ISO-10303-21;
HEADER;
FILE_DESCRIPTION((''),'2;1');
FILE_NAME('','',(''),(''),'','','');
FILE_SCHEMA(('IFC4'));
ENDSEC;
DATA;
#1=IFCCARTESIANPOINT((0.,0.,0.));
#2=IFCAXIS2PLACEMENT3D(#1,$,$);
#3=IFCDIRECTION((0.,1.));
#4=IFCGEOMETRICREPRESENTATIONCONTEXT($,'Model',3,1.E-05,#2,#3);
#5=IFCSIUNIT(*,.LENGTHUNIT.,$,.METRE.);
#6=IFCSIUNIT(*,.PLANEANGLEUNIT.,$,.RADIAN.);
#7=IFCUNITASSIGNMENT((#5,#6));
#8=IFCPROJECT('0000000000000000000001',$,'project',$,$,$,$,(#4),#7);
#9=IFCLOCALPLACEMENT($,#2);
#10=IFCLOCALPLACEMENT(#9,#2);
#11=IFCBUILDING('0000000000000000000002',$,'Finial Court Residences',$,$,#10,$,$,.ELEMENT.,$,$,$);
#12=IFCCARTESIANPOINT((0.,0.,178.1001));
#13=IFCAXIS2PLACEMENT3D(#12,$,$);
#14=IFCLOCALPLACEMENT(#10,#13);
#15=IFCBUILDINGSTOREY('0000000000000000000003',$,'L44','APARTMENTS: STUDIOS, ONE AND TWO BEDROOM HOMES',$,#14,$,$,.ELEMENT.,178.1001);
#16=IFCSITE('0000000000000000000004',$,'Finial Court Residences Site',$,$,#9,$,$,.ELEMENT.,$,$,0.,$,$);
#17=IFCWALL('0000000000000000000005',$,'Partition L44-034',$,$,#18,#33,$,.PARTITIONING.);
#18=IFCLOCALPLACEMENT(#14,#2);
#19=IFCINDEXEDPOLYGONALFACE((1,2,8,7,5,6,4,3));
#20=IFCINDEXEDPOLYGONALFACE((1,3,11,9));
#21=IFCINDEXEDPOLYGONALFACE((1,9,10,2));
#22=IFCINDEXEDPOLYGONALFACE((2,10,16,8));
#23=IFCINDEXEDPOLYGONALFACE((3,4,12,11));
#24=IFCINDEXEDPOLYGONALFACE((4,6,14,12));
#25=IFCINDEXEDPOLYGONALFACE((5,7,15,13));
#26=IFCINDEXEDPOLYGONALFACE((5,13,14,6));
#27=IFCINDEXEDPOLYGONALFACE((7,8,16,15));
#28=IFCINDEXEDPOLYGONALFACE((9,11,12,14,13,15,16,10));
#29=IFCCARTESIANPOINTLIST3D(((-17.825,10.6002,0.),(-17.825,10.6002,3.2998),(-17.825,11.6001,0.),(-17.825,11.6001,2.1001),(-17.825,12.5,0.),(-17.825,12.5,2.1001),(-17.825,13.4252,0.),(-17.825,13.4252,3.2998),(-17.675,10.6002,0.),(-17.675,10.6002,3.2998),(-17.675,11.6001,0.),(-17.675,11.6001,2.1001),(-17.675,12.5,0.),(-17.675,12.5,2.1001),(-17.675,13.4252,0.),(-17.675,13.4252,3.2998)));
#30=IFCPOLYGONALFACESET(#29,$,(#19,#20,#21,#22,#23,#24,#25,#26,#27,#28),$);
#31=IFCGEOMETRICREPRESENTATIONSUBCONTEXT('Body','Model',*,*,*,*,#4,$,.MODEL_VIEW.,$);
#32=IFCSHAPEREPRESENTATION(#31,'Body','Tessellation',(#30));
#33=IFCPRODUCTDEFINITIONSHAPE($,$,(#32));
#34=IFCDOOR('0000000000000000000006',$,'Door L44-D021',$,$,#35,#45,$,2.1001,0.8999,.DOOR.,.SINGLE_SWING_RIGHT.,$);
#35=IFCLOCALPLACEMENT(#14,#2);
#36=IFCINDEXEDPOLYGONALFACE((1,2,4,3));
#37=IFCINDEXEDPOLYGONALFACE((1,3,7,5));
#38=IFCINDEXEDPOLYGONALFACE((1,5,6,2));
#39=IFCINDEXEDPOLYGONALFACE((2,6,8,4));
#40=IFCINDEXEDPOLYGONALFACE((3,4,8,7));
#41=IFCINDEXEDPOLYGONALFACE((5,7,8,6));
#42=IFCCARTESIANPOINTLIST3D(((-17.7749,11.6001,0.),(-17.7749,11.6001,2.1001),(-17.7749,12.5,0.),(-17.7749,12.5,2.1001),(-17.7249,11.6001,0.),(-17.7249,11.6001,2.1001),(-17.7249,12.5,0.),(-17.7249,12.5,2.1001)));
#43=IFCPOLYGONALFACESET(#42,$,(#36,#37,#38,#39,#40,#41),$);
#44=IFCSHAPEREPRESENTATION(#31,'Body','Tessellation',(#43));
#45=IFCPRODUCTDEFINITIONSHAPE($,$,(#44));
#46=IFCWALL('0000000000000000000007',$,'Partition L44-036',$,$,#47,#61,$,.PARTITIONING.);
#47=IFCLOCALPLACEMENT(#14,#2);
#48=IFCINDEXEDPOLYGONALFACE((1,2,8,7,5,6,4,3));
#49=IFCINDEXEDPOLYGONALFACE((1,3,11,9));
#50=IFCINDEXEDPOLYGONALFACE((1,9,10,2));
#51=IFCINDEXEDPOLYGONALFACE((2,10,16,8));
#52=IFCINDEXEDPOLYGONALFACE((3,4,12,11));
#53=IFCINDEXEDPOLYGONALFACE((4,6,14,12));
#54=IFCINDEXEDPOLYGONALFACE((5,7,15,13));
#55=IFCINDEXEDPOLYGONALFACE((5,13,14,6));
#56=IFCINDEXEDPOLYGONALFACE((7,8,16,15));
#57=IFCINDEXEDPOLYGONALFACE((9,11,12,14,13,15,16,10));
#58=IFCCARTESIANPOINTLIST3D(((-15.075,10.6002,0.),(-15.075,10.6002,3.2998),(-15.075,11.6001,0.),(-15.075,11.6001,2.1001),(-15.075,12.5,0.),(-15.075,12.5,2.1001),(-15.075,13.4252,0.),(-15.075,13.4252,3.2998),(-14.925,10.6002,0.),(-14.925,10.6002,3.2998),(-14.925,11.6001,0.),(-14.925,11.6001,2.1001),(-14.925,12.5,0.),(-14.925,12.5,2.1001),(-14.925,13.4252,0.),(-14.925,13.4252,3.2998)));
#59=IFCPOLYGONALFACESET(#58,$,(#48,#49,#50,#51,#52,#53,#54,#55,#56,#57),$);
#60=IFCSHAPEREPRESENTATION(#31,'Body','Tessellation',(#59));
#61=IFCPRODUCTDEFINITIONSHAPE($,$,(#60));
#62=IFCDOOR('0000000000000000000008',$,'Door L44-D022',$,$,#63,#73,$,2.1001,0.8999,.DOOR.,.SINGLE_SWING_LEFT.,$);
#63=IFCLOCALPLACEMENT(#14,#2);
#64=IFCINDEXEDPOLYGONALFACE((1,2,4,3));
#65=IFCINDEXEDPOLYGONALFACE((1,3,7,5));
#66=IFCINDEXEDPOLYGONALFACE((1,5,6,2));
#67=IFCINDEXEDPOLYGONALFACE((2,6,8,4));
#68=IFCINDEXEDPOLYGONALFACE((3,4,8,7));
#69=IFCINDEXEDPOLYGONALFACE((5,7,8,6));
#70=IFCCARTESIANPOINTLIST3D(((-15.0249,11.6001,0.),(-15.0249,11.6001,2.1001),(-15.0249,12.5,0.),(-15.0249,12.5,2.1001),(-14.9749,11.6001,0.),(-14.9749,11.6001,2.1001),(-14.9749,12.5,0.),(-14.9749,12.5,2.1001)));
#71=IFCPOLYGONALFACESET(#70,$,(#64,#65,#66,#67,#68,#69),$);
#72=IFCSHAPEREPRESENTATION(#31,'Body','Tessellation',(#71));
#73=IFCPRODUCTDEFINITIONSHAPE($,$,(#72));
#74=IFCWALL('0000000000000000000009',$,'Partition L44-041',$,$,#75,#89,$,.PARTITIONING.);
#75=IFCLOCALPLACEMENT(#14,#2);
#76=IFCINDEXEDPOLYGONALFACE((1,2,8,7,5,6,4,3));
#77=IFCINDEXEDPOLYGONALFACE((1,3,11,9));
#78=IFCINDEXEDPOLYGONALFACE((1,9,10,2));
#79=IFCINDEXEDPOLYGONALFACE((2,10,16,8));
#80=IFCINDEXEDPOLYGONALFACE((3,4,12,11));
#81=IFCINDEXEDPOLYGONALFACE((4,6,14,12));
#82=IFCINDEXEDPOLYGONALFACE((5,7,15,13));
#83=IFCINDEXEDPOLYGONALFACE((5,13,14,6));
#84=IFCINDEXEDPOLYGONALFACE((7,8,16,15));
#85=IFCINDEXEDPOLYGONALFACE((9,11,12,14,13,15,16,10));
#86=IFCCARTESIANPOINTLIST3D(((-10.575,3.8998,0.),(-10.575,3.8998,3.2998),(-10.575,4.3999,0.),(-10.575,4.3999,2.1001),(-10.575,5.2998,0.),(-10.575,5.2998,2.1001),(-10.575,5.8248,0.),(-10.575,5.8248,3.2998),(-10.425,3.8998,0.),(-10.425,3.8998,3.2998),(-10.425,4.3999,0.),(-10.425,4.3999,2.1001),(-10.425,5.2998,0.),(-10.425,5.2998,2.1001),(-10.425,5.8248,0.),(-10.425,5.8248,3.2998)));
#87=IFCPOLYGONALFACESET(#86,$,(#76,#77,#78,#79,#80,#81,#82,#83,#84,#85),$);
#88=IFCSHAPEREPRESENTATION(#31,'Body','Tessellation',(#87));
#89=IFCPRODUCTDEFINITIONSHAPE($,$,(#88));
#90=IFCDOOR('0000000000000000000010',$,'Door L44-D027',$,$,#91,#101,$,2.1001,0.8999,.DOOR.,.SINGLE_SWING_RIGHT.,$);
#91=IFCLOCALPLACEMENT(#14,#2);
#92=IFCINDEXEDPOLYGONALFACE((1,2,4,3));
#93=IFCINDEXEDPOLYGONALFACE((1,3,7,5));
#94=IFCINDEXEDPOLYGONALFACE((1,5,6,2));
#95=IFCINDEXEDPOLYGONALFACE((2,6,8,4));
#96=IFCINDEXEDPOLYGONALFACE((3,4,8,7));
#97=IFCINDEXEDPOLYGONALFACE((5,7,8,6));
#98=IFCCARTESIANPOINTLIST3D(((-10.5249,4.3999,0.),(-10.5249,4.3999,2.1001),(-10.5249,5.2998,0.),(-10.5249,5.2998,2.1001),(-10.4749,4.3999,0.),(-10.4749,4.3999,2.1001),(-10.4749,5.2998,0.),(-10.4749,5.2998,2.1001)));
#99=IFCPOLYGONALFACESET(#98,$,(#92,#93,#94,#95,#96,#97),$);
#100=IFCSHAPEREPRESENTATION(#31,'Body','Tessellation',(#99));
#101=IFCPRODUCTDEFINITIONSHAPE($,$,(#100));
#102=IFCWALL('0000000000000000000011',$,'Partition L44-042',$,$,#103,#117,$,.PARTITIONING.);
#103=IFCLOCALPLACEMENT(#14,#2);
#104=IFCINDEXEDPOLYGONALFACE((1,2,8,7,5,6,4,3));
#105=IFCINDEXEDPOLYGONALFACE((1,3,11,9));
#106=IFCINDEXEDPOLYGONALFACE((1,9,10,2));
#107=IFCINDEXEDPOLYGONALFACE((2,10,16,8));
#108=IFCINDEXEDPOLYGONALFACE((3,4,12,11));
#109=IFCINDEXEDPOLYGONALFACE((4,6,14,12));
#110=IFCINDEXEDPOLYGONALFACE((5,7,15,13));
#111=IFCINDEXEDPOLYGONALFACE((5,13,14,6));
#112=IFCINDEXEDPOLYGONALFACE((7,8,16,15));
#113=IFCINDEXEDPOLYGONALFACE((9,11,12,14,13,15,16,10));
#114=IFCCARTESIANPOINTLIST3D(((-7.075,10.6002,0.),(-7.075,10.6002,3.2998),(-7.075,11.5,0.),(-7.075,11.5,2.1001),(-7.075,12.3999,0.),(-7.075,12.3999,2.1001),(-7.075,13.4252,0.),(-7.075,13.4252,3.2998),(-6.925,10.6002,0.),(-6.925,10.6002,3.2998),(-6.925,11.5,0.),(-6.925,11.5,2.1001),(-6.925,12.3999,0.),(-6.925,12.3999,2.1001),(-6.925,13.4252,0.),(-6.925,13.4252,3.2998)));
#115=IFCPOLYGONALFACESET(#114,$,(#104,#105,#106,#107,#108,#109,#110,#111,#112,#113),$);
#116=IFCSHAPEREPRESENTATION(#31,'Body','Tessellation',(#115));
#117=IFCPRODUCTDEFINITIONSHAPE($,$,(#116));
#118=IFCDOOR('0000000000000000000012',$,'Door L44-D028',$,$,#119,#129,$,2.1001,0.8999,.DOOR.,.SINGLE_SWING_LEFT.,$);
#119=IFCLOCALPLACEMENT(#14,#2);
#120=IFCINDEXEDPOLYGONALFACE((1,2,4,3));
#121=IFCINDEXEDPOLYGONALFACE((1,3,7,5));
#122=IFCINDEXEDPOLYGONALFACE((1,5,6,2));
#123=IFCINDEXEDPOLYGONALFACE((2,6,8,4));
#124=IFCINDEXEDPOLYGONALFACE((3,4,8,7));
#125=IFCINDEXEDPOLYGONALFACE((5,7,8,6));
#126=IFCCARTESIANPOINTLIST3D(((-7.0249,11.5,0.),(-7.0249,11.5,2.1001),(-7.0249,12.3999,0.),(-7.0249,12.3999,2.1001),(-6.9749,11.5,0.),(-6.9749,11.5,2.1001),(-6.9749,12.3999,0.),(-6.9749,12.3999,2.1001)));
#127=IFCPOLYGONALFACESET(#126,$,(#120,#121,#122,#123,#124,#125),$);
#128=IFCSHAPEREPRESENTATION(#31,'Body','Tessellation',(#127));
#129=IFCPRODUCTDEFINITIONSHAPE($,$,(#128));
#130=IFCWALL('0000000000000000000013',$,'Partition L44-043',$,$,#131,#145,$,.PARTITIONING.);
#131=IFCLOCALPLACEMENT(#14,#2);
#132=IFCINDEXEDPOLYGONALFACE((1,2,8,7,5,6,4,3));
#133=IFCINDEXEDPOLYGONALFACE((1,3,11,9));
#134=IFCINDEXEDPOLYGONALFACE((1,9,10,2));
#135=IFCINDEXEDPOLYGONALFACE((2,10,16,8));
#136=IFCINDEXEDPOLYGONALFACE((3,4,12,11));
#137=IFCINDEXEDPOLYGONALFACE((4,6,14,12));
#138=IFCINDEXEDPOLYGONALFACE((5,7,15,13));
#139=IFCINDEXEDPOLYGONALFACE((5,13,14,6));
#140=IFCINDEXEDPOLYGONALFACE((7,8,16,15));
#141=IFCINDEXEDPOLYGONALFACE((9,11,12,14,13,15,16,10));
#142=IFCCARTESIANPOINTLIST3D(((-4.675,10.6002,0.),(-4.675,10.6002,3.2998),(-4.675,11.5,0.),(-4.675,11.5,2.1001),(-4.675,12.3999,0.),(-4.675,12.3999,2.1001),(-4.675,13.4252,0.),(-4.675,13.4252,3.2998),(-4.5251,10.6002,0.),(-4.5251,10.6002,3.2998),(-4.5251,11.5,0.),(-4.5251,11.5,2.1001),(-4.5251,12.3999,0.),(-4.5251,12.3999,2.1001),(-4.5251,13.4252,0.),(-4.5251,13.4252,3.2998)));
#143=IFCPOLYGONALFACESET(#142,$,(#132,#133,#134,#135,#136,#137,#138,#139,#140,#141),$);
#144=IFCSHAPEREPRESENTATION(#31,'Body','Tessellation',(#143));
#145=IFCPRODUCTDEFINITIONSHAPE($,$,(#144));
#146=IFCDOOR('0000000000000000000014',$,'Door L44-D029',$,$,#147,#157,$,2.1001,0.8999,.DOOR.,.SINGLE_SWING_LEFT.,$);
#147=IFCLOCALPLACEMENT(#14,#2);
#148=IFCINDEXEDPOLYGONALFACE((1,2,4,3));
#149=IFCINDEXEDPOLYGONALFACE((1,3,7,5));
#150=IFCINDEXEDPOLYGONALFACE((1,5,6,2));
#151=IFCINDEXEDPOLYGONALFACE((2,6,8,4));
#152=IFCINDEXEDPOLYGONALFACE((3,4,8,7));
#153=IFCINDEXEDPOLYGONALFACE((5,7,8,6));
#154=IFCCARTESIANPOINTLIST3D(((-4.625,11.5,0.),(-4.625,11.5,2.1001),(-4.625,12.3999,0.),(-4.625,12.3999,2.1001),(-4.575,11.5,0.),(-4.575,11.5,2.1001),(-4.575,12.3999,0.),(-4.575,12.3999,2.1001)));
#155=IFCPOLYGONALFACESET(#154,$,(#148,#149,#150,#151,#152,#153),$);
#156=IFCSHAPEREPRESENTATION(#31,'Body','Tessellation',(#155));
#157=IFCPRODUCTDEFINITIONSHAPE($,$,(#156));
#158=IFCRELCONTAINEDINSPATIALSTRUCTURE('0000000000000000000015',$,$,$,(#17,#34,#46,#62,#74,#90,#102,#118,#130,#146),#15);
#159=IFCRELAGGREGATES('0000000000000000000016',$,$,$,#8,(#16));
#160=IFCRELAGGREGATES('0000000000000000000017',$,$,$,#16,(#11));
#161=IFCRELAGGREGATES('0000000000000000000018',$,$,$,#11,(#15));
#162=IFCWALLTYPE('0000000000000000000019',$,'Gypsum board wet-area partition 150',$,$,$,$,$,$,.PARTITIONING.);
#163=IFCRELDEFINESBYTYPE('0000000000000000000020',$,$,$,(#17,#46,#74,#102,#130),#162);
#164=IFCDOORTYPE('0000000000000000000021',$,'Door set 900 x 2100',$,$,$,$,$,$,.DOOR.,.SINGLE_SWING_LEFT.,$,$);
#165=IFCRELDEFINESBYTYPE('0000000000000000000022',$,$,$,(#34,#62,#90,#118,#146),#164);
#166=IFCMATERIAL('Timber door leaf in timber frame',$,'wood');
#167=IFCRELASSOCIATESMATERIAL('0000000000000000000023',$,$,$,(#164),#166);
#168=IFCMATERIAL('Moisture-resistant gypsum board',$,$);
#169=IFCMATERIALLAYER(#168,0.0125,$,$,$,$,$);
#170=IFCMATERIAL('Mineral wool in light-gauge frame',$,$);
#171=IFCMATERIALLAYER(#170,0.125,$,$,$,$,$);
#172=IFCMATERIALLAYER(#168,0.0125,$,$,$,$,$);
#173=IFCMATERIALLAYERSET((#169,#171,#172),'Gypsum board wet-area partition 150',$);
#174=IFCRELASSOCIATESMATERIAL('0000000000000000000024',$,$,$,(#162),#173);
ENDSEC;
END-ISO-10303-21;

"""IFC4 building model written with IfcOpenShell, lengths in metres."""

from ifc_helpers import new_model, si_unit, direction, frame, frame_2d, origin, place, context, subcontext, project, spatial, rectangle, extrude, material, layer, layer_set, type_object, element, fill, save


model = new_model("IFC4")

# Units and contexts
model_context = context("Model", 3, precision=1e-05, world=origin(), true_north=direction((0.0, 1.0)))
body_context = subcontext(model_context, "Body", "Model", "MODEL_VIEW")
ifc_project = project(units=[si_unit("LENGTHUNIT", "METRE"), si_unit("PLANEANGLEUNIT", "RADIAN")], contexts=[model_context])

# Site, building, storey
site_placement = place(None, origin())
site = spatial("IfcSite", under=ifc_project, at=site_placement, Name="Finial Court Residences Site", CompositionType="ELEMENT", RefElevation=0.0)
building_placement = place(site_placement, origin())
building = spatial("IfcBuilding", under=site, at=building_placement, Name="Finial Court Residences", CompositionType="ELEMENT")
storey_placement = place(building_placement, frame((0.0, 0.0, 178.1001)))
storey = spatial("IfcBuildingStorey", under=building, at=storey_placement, Name="L44", Description="APARTMENTS: STUDIOS, ONE AND TWO BEDROOM HOMES", CompositionType="ELEMENT", Elevation=178.1001)

# Shared definitions
ifc_material_1 = material(Name="Mineral wool in light-gauge frame")
ifc_material_2 = material(Name="Timber door leaf in timber frame", Category="wood")
door_type = type_object("IfcDoorType", Name="Door set 900 x 2100", OperationType="SINGLE_SWING_LEFT", PredefinedType="DOOR", material=ifc_material_2)

# Shared definitions
ifc_material_3 = material(Name="Moisture-resistant gypsum board")
ifc_layer_1 = layer(ifc_material_3, 0.0125)
ifc_layer_2 = layer(ifc_material_1, 0.125)
ifc_layer_3 = layer(ifc_material_3, 0.0125)
ifc_layer_set_1 = layer_set([ifc_layer_1, ifc_layer_2, ifc_layer_3], Name="Gypsum board wet-area partition 150")
wall_type_1 = type_object("IfcWallType", Name="Gypsum board wet-area partition 150", PredefinedType="PARTITIONING", material=ifc_layer_set_1)

# Walls, openings, doors
wall_1_placement = place(storey_placement, frame((-17.75, 10.6001, 0.0), z_axis=(0.0, 0.0, 1.0), x_axis=(0.0, 1.0, 0.0)))
wall_1 = element("IfcWall", 1, at=wall_1_placement, inside=storey, type_object=wall_type_1, Name="Partition L44-034", PredefinedType="PARTITIONING", context=body_context, shape_type="SweptSolid", body=[
    extrude(rectangle(XDim=2.825, YDim=0.1499, at=frame_2d((1.4126, 0.0))), origin(), (0.0, 0.0, 1.0), 3.2998),
])
opening_1_placement = place(wall_1_placement, frame((1.0, 0.0, 0.0)))
opening_1 = element("IfcOpeningElement", 2, at=opening_1_placement, cuts=wall_1, PredefinedType="OPENING", context=body_context, shape_type="SweptSolid", body=[
    extrude(rectangle(XDim=0.8999, YDim=2.1001, at=frame_2d((0.45, 1.05))), frame((0.0, 0.085, 0.0), z_axis=(0.0, -1.0, 0.0), x_axis=(1.0, 0.0, 0.0)), (0.0, 0.0, 1.0), 0.1699),
])
door_1_placement = place(opening_1_placement, origin())
door_1 = element("IfcDoor", 3, at=door_1_placement, inside=storey, type_object=door_type, Name="Door L44-D021", OperationType="SINGLE_SWING_RIGHT", OverallHeight=2.1001, OverallWidth=0.8999, PredefinedType="DOOR", context=body_context, shape_type="SweptSolid", body=[
    extrude(rectangle(XDim=0.8999, YDim=2.1001, at=frame_2d((0.45, 1.05))), frame((0.0, 0.0249, 0.0), z_axis=(0.0, -1.0, 0.0), x_axis=(1.0, 0.0, 0.0)), (0.0, 0.0, 1.0), 0.05),
])
fill(opening_1, door_1)
wall_2_placement = place(storey_placement, frame((-15.0, 10.6001, 0.0), z_axis=(0.0, 0.0, 1.0), x_axis=(0.0, 1.0, 0.0)))
wall_2 = element("IfcWall", 4, at=wall_2_placement, inside=storey, type_object=wall_type_1, Name="Partition L44-036", PredefinedType="PARTITIONING", context=body_context, shape_type="SweptSolid", body=[
    extrude(rectangle(XDim=2.825, YDim=0.1499, at=frame_2d((1.4126, 0.0))), origin(), (0.0, 0.0, 1.0), 3.2998),
])
opening_2_placement = place(wall_2_placement, frame((1.0, 0.0, 0.0)))
opening_2 = element("IfcOpeningElement", 5, at=opening_2_placement, cuts=wall_2, PredefinedType="OPENING", context=body_context, shape_type="SweptSolid", body=[
    extrude(rectangle(XDim=0.8999, YDim=2.1001, at=frame_2d((0.45, 1.05))), frame((0.0, 0.085, 0.0), z_axis=(0.0, -1.0, 0.0), x_axis=(1.0, 0.0, 0.0)), (0.0, 0.0, 1.0), 0.1699),
])
door_2_placement = place(opening_2_placement, origin())
door_2 = element("IfcDoor", 6, at=door_2_placement, inside=storey, type_object=door_type, Name="Door L44-D022", OperationType="SINGLE_SWING_LEFT", OverallHeight=2.1001, OverallWidth=0.8999, PredefinedType="DOOR", context=body_context, shape_type="SweptSolid", body=[
    extrude(rectangle(XDim=0.8999, YDim=2.1001, at=frame_2d((0.45, 1.05))), frame((0.0, 0.0249, 0.0), z_axis=(0.0, -1.0, 0.0), x_axis=(1.0, 0.0, 0.0)), (0.0, 0.0, 1.0), 0.05),
])
fill(opening_2, door_2)
wall_3_placement = place(storey_placement, frame((-10.5, 3.8999, 0.0), z_axis=(0.0, 0.0, 1.0), x_axis=(0.0, 1.0, 0.0)))
wall_3 = element("IfcWall", 7, at=wall_3_placement, inside=storey, type_object=wall_type_1, Name="Partition L44-041", PredefinedType="PARTITIONING", context=body_context, shape_type="SweptSolid", body=[
    extrude(rectangle(XDim=1.925, YDim=0.1499, at=frame_2d((0.9624, 0.0))), origin(), (0.0, 0.0, 1.0), 3.2998),
])
opening_3_placement = place(wall_3_placement, frame((0.5, 0.0, 0.0)))
opening_3 = element("IfcOpeningElement", 8, at=opening_3_placement, cuts=wall_3, PredefinedType="OPENING", context=body_context, shape_type="SweptSolid", body=[
    extrude(rectangle(XDim=0.8999, YDim=2.1001, at=frame_2d((0.45, 1.05))), frame((0.0, 0.085, 0.0), z_axis=(0.0, -1.0, 0.0), x_axis=(1.0, 0.0, 0.0)), (0.0, 0.0, 1.0), 0.1699),
])
door_3_placement = place(opening_3_placement, origin())
door_3 = element("IfcDoor", 9, at=door_3_placement, inside=storey, type_object=door_type, Name="Door L44-D027", OperationType="SINGLE_SWING_RIGHT", OverallHeight=2.1001, OverallWidth=0.8999, PredefinedType="DOOR", context=body_context, shape_type="SweptSolid", body=[
    extrude(rectangle(XDim=0.8999, YDim=2.1001, at=frame_2d((0.45, 1.05))), frame((0.0, 0.0249, 0.0), z_axis=(0.0, -1.0, 0.0), x_axis=(1.0, 0.0, 0.0)), (0.0, 0.0, 1.0), 0.05),
])
fill(opening_3, door_3)
wall_4_placement = place(storey_placement, frame((-7.0, 10.6001, 0.0), z_axis=(0.0, 0.0, 1.0), x_axis=(0.0, 1.0, 0.0)))
wall_4 = element("IfcWall", 10, at=wall_4_placement, inside=storey, type_object=wall_type_1, Name="Partition L44-042", PredefinedType="PARTITIONING", context=body_context, shape_type="SweptSolid", body=[
    extrude(rectangle(XDim=2.825, YDim=0.1499, at=frame_2d((1.4126, 0.0))), origin(), (0.0, 0.0, 1.0), 3.2998),
])
opening_4_placement = place(wall_4_placement, frame((0.8999, 0.0, 0.0)))
opening_4 = element("IfcOpeningElement", 11, at=opening_4_placement, cuts=wall_4, PredefinedType="OPENING", context=body_context, shape_type="SweptSolid", body=[
    extrude(rectangle(XDim=0.8999, YDim=2.1001, at=frame_2d((0.45, 1.05))), frame((0.0, 0.085, 0.0), z_axis=(0.0, -1.0, 0.0), x_axis=(1.0, 0.0, 0.0)), (0.0, 0.0, 1.0), 0.1699),
])
door_4_placement = place(opening_4_placement, origin())
door_4 = element("IfcDoor", 12, at=door_4_placement, inside=storey, type_object=door_type, Name="Door L44-D028", OperationType="SINGLE_SWING_LEFT", OverallHeight=2.1001, OverallWidth=0.8999, PredefinedType="DOOR", context=body_context, shape_type="SweptSolid", body=[
    extrude(rectangle(XDim=0.8999, YDim=2.1001, at=frame_2d((0.45, 1.05))), frame((0.0, 0.0249, 0.0), z_axis=(0.0, -1.0, 0.0), x_axis=(1.0, 0.0, 0.0)), (0.0, 0.0, 1.0), 0.05),
])
fill(opening_4, door_4)
wall_5_placement = place(storey_placement, frame((-4.6001, 10.6001, 0.0), z_axis=(0.0, 0.0, 1.0), x_axis=(0.0, 1.0, 0.0)))
wall_5 = element("IfcWall", 13, at=wall_5_placement, inside=storey, type_object=wall_type_1, Name="Partition L44-043", PredefinedType="PARTITIONING", context=body_context, shape_type="SweptSolid", body=[
    extrude(rectangle(XDim=2.825, YDim=0.1499, at=frame_2d((1.4126, 0.0))), origin(), (0.0, 0.0, 1.0), 3.2998),
])
opening_5_placement = place(wall_5_placement, frame((0.8999, 0.0, 0.0)))
opening_5 = element("IfcOpeningElement", 14, at=opening_5_placement, cuts=wall_5, PredefinedType="OPENING", context=body_context, shape_type="SweptSolid", body=[
    extrude(rectangle(XDim=0.8999, YDim=2.1001, at=frame_2d((0.45, 1.05))), frame((0.0, 0.085, 0.0), z_axis=(0.0, -1.0, 0.0), x_axis=(1.0, 0.0, 0.0)), (0.0, 0.0, 1.0), 0.1699),
])
door_5_placement = place(opening_5_placement, origin())
door_5 = element("IfcDoor", 15, at=door_5_placement, inside=storey, type_object=door_type, Name="Door L44-D029", OperationType="SINGLE_SWING_LEFT", OverallHeight=2.1001, OverallWidth=0.8999, PredefinedType="DOOR", context=body_context, shape_type="SweptSolid", body=[
    extrude(rectangle(XDim=0.8999, YDim=2.1001, at=frame_2d((0.45, 1.05))), frame((0.0, 0.0249, 0.0), z_axis=(0.0, -1.0, 0.0), x_axis=(1.0, 0.0, 0.0)), (0.0, 0.0, 1.0), 0.05),
])
fill(opening_5, door_5)

save(model, "model.ifc")
